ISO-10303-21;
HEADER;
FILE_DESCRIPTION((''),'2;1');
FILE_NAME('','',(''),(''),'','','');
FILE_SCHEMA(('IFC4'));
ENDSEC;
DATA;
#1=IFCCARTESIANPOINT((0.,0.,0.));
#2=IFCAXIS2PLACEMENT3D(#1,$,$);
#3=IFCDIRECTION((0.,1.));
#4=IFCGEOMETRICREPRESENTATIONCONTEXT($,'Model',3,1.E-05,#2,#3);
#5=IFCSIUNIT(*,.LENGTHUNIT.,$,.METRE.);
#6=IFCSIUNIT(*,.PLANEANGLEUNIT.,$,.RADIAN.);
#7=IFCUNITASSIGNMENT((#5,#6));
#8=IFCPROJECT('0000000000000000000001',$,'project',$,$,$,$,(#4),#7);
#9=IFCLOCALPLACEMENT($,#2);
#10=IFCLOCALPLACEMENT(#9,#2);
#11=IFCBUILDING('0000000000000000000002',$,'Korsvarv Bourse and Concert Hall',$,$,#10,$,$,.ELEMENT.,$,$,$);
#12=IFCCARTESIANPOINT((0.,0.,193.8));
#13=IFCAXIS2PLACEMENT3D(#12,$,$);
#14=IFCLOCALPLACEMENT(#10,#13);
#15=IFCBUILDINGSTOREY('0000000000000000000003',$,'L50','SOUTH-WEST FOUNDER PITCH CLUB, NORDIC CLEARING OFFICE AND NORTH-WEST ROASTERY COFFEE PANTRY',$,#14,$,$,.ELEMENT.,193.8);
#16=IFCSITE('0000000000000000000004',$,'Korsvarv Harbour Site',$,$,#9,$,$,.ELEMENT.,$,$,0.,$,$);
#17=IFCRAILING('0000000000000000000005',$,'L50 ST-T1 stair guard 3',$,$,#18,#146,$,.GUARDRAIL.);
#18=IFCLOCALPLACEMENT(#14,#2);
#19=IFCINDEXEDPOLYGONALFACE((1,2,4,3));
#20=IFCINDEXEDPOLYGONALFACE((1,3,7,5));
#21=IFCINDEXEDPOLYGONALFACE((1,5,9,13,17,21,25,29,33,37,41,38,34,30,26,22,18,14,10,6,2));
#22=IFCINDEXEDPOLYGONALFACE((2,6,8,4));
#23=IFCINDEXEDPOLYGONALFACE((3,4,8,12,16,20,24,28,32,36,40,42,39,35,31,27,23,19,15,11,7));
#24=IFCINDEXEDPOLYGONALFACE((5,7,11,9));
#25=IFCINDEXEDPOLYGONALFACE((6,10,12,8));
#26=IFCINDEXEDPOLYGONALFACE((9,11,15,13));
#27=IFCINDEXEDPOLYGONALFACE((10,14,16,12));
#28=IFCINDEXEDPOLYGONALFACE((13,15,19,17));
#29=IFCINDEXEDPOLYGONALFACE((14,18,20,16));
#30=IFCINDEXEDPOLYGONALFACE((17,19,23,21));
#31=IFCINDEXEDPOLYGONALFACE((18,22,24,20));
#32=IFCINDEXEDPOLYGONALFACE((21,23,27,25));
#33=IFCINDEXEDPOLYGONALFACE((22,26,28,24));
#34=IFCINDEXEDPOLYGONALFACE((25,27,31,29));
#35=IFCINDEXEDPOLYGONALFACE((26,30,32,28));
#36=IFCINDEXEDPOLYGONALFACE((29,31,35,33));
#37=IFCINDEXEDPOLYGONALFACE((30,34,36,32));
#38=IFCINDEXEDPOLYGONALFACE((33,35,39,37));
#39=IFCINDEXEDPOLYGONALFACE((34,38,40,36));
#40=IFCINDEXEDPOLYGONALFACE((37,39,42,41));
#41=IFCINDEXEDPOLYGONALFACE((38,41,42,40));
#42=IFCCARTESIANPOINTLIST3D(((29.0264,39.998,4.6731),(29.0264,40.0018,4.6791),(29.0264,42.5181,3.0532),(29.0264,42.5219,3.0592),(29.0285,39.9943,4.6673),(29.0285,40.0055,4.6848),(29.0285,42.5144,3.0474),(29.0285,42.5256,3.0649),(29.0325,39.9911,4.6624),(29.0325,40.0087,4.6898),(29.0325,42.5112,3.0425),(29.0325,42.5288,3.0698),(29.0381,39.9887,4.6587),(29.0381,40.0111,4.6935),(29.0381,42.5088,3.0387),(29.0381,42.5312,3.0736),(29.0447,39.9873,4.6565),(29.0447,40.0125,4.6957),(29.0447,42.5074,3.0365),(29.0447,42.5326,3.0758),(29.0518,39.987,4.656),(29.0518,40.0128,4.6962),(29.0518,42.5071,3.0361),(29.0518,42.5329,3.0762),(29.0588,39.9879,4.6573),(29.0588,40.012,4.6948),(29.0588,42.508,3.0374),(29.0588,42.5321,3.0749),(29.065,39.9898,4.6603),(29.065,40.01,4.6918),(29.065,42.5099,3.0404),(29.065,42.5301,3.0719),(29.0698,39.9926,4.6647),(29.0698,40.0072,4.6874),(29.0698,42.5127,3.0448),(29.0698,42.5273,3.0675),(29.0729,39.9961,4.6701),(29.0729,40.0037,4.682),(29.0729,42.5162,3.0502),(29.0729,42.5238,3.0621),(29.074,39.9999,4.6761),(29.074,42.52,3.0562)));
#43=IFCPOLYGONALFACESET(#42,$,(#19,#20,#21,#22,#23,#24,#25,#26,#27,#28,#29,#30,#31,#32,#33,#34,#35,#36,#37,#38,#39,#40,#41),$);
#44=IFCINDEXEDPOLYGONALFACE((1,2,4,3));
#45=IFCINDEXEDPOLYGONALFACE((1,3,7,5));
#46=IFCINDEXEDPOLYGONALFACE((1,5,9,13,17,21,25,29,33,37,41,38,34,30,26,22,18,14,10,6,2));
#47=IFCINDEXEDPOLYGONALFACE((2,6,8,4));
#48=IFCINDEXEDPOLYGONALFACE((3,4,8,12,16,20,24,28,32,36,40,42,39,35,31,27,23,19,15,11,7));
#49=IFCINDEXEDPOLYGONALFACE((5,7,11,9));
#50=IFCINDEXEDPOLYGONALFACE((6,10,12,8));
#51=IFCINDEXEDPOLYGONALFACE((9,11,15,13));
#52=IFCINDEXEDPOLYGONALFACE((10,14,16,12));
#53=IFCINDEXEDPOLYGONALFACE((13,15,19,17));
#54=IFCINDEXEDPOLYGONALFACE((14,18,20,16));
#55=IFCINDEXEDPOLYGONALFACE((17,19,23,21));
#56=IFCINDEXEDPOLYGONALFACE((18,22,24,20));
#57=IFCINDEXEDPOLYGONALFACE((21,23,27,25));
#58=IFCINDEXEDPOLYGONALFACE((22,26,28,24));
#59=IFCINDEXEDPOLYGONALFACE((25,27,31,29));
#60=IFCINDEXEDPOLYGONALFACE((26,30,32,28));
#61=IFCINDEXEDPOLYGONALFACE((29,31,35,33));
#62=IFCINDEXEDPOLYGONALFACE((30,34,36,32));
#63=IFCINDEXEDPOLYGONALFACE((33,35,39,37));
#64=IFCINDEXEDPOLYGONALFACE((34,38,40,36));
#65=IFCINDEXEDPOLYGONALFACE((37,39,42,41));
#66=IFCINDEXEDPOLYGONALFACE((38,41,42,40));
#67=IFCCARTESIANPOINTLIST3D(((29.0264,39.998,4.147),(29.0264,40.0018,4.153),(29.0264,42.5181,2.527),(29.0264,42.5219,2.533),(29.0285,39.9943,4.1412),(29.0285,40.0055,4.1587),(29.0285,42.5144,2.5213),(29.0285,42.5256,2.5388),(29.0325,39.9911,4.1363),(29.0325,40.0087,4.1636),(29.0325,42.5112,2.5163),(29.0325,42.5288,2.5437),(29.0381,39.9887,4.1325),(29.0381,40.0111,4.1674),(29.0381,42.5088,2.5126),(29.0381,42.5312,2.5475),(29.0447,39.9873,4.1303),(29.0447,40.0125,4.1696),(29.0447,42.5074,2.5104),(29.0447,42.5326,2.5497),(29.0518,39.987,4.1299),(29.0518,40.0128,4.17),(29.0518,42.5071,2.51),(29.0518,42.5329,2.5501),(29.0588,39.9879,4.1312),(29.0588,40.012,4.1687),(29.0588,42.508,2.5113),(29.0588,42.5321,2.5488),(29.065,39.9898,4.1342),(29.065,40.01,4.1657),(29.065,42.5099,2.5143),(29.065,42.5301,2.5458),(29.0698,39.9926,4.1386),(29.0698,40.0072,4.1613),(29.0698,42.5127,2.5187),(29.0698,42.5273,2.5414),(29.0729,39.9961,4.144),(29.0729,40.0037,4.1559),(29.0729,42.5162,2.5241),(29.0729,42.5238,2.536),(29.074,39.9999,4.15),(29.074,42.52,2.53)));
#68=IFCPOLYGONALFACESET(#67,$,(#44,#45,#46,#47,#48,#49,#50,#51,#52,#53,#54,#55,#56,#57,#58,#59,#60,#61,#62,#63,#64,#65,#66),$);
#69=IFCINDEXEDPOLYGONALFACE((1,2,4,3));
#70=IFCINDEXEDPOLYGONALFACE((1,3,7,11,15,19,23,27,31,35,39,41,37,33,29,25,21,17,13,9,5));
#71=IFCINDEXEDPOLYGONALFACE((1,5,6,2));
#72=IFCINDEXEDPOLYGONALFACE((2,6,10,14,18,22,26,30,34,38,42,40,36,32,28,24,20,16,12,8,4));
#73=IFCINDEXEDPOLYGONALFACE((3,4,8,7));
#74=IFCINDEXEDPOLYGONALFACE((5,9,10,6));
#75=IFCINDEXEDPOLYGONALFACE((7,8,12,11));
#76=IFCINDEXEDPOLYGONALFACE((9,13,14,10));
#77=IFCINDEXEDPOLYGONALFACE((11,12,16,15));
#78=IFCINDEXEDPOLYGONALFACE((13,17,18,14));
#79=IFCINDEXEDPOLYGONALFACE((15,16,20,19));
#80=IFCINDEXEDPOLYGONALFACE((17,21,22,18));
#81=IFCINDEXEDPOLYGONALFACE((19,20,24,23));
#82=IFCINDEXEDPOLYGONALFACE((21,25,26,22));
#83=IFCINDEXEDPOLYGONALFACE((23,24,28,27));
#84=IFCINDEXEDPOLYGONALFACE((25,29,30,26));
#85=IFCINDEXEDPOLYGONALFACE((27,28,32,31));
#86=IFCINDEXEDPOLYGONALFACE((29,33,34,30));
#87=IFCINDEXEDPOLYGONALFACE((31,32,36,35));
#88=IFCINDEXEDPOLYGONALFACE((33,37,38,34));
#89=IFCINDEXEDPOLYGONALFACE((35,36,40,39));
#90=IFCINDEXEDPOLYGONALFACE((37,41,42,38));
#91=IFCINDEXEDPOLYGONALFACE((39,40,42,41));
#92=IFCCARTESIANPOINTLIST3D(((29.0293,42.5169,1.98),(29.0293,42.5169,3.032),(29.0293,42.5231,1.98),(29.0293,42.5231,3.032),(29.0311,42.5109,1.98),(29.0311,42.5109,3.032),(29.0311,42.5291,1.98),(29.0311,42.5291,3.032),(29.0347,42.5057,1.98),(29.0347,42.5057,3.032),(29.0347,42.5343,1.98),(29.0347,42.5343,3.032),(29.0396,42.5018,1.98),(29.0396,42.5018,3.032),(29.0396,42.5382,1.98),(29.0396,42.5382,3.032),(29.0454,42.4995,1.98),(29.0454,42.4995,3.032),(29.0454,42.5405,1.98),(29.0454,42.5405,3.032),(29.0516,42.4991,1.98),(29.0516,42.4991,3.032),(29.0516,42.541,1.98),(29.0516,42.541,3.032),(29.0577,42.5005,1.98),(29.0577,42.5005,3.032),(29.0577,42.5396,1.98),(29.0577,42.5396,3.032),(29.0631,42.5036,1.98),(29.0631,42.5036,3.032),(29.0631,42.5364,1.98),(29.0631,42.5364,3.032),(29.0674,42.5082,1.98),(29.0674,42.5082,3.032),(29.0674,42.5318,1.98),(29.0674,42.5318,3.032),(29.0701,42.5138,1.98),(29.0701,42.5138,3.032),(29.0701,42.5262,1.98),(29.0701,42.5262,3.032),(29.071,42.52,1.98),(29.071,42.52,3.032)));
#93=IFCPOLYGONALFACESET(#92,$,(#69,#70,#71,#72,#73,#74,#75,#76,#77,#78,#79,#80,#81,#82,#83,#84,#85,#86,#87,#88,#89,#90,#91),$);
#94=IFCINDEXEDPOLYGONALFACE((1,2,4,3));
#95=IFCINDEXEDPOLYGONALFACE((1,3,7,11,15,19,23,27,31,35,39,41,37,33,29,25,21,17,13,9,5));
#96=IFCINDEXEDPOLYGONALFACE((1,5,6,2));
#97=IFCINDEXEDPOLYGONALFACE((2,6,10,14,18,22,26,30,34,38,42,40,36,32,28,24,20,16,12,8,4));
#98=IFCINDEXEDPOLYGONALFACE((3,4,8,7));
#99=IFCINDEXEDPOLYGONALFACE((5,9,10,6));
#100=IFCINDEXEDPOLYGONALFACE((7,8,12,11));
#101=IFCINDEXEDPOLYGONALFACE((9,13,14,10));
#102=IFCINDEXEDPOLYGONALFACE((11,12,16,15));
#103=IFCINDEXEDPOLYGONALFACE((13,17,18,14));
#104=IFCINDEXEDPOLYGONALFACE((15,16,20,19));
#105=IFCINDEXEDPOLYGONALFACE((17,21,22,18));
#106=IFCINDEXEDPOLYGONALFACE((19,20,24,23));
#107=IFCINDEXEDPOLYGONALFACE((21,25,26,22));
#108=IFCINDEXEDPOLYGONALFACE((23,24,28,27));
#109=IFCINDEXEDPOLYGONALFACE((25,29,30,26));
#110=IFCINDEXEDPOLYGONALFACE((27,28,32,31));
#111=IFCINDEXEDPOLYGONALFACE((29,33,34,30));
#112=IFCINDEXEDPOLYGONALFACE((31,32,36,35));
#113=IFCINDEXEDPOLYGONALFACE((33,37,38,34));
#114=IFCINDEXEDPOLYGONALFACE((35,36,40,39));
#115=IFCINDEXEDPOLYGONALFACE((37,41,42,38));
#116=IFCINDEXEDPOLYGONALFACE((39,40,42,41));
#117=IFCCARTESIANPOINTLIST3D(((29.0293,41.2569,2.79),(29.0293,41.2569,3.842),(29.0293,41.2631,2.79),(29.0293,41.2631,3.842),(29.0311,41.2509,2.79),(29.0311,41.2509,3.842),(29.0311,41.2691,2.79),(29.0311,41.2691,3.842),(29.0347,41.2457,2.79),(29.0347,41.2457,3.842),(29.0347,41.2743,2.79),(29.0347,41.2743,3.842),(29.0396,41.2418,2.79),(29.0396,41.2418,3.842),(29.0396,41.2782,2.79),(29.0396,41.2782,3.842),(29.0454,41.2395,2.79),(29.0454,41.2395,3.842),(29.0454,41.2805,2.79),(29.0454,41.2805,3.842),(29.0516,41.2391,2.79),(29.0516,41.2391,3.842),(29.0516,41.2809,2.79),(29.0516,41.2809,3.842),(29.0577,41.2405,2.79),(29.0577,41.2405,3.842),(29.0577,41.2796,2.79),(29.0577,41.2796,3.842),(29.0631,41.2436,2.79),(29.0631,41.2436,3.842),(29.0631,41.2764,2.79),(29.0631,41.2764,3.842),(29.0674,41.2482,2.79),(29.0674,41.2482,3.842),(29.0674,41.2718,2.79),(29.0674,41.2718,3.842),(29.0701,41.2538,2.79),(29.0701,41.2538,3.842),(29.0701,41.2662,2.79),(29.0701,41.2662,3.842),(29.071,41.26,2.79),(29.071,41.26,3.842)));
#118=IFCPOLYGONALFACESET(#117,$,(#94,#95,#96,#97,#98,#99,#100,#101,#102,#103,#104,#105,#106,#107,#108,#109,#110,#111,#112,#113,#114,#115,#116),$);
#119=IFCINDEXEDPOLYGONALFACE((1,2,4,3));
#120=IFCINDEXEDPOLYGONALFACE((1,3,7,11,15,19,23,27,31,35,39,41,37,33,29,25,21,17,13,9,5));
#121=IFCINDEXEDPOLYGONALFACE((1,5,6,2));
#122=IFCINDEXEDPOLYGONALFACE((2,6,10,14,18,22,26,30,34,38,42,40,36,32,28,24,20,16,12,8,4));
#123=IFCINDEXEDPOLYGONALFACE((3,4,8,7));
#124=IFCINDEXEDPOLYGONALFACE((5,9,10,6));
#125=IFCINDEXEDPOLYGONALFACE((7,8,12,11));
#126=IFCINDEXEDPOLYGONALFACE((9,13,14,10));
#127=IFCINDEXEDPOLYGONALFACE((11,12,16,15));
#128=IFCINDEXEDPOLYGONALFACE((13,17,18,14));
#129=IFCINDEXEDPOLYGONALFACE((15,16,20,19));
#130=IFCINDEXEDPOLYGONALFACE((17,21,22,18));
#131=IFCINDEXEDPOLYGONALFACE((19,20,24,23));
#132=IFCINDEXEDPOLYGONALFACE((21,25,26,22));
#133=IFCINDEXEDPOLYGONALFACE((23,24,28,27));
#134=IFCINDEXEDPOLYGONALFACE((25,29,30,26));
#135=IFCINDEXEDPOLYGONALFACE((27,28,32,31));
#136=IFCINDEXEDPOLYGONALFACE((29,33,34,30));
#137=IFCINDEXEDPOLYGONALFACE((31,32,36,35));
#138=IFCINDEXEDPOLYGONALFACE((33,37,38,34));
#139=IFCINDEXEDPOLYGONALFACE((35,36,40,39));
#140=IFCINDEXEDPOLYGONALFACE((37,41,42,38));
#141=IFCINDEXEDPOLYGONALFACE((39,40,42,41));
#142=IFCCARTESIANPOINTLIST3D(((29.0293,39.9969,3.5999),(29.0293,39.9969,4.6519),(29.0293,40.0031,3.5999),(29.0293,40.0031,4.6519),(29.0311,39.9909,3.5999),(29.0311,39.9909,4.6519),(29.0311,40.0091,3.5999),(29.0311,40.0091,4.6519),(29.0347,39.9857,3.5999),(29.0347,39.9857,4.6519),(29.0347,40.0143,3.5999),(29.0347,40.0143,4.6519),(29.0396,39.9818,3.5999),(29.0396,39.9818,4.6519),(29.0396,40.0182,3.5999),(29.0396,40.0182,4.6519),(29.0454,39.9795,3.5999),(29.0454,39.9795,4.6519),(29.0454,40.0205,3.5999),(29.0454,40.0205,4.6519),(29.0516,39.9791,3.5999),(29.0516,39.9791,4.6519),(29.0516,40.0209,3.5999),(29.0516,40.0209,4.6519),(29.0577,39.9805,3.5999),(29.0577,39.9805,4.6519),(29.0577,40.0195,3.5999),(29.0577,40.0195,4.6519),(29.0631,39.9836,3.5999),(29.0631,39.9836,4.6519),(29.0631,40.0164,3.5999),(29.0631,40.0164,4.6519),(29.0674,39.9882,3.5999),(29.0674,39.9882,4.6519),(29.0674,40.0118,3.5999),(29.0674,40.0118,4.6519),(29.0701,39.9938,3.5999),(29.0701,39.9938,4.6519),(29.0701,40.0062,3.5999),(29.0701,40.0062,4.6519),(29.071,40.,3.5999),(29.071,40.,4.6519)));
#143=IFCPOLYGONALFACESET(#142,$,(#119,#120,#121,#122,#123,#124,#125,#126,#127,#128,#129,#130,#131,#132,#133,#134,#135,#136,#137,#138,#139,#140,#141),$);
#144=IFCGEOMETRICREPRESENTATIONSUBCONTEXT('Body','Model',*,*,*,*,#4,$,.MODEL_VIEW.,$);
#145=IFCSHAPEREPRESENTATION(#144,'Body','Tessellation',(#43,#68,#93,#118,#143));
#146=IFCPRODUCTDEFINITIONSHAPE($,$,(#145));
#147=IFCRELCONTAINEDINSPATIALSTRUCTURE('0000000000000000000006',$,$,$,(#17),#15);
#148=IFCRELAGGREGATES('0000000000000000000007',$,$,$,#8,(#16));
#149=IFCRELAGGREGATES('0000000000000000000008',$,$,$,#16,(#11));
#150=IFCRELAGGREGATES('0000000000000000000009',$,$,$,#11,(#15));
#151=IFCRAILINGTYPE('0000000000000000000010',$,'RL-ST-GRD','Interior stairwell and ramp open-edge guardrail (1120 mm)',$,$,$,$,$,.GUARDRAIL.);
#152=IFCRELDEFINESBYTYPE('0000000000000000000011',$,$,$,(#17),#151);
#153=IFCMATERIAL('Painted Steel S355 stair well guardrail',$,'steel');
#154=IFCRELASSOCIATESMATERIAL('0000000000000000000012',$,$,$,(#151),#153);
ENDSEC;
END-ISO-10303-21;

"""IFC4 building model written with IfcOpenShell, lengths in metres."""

from ifc_helpers import new_model, si_unit, direction, frame, origin, origin_2d, place, context, subcontext, project, spatial, circle, extrude, material, type_object, element, save


model = new_model("IFC4")

# Units and contexts
model_context = context("Model", 3, precision=1e-05, world=origin(), true_north=direction((0.0, 1.0)))
body_context = subcontext(model_context, "Body", "Model", "MODEL_VIEW")
ifc_project = project(units=[si_unit("LENGTHUNIT", "METRE"), si_unit("PLANEANGLEUNIT", "RADIAN")], contexts=[model_context])

# Site, building, storey
site_placement = place(None, origin())
site = spatial("IfcSite", under=ifc_project, at=site_placement, Name="Korsvarv Harbour Site", CompositionType="ELEMENT", RefElevation=0.0)
building_placement = place(site_placement, origin())
building = spatial("IfcBuilding", under=site, at=building_placement, Name="Korsvarv Bourse and Concert Hall", CompositionType="ELEMENT")
storey_placement = place(building_placement, frame((0.0, 0.0, 193.8)))
storey = spatial("IfcBuildingStorey", under=building, at=storey_placement, Name="L50", Description="SOUTH-WEST FOUNDER PITCH CLUB, NORDIC CLEARING OFFICE AND NORTH-WEST ROASTERY COFFEE PANTRY", CompositionType="ELEMENT", Elevation=193.8)

# Railing
ifc_material_1 = material(Name="Painted Steel S355 stair well guardrail", Category="steel")
railing_type_1 = type_object("IfcRailingType", Name="RL-ST-GRD", Description="Interior stairwell and ramp open-edge guardrail (1120 mm)", PredefinedType="GUARDRAIL", material=ifc_material_1)
railing_1_placement = place(storey_placement, frame((29.05, 42.52, 1.98)))
element("IfcRailing", 1, at=railing_1_placement, inside=storey, type_object=railing_type_1, Name="L50 ST-T1 stair guard 3", PredefinedType="GUARDRAIL", context=body_context, shape_type="SweptSolid", body=[
    extrude(circle(Radius=0.0239, at=origin_2d()), frame((0.0, 0.0, 1.0762), z_axis=(0.0, -0.8412, 0.540725), x_axis=(1.0, 0.0, 0.0)), (0.0, 0.0, 1.0), 2.9958),
    extrude(circle(Radius=0.0239, at=origin_2d()), frame((0.0, 0.0, 0.55), z_axis=(0.0, -0.8412, 0.540725), x_axis=(1.0, 0.0, 0.0)), (0.0, 0.0, 1.0), 2.9958),
    extrude(circle(Radius=0.021, at=origin_2d()), origin(), (0.0, 0.0, 1.0), 1.052),
    extrude(circle(Radius=0.021, at=origin_2d()), frame((0.0, -1.26, 0.8101)), (0.0, 0.0, 1.0), 1.052),
    extrude(circle(Radius=0.021, at=origin_2d()), frame((0.0, -2.52, 1.6199)), (0.0, 0.0, 1.0), 1.052),
])

save(model, "model.ifc")
